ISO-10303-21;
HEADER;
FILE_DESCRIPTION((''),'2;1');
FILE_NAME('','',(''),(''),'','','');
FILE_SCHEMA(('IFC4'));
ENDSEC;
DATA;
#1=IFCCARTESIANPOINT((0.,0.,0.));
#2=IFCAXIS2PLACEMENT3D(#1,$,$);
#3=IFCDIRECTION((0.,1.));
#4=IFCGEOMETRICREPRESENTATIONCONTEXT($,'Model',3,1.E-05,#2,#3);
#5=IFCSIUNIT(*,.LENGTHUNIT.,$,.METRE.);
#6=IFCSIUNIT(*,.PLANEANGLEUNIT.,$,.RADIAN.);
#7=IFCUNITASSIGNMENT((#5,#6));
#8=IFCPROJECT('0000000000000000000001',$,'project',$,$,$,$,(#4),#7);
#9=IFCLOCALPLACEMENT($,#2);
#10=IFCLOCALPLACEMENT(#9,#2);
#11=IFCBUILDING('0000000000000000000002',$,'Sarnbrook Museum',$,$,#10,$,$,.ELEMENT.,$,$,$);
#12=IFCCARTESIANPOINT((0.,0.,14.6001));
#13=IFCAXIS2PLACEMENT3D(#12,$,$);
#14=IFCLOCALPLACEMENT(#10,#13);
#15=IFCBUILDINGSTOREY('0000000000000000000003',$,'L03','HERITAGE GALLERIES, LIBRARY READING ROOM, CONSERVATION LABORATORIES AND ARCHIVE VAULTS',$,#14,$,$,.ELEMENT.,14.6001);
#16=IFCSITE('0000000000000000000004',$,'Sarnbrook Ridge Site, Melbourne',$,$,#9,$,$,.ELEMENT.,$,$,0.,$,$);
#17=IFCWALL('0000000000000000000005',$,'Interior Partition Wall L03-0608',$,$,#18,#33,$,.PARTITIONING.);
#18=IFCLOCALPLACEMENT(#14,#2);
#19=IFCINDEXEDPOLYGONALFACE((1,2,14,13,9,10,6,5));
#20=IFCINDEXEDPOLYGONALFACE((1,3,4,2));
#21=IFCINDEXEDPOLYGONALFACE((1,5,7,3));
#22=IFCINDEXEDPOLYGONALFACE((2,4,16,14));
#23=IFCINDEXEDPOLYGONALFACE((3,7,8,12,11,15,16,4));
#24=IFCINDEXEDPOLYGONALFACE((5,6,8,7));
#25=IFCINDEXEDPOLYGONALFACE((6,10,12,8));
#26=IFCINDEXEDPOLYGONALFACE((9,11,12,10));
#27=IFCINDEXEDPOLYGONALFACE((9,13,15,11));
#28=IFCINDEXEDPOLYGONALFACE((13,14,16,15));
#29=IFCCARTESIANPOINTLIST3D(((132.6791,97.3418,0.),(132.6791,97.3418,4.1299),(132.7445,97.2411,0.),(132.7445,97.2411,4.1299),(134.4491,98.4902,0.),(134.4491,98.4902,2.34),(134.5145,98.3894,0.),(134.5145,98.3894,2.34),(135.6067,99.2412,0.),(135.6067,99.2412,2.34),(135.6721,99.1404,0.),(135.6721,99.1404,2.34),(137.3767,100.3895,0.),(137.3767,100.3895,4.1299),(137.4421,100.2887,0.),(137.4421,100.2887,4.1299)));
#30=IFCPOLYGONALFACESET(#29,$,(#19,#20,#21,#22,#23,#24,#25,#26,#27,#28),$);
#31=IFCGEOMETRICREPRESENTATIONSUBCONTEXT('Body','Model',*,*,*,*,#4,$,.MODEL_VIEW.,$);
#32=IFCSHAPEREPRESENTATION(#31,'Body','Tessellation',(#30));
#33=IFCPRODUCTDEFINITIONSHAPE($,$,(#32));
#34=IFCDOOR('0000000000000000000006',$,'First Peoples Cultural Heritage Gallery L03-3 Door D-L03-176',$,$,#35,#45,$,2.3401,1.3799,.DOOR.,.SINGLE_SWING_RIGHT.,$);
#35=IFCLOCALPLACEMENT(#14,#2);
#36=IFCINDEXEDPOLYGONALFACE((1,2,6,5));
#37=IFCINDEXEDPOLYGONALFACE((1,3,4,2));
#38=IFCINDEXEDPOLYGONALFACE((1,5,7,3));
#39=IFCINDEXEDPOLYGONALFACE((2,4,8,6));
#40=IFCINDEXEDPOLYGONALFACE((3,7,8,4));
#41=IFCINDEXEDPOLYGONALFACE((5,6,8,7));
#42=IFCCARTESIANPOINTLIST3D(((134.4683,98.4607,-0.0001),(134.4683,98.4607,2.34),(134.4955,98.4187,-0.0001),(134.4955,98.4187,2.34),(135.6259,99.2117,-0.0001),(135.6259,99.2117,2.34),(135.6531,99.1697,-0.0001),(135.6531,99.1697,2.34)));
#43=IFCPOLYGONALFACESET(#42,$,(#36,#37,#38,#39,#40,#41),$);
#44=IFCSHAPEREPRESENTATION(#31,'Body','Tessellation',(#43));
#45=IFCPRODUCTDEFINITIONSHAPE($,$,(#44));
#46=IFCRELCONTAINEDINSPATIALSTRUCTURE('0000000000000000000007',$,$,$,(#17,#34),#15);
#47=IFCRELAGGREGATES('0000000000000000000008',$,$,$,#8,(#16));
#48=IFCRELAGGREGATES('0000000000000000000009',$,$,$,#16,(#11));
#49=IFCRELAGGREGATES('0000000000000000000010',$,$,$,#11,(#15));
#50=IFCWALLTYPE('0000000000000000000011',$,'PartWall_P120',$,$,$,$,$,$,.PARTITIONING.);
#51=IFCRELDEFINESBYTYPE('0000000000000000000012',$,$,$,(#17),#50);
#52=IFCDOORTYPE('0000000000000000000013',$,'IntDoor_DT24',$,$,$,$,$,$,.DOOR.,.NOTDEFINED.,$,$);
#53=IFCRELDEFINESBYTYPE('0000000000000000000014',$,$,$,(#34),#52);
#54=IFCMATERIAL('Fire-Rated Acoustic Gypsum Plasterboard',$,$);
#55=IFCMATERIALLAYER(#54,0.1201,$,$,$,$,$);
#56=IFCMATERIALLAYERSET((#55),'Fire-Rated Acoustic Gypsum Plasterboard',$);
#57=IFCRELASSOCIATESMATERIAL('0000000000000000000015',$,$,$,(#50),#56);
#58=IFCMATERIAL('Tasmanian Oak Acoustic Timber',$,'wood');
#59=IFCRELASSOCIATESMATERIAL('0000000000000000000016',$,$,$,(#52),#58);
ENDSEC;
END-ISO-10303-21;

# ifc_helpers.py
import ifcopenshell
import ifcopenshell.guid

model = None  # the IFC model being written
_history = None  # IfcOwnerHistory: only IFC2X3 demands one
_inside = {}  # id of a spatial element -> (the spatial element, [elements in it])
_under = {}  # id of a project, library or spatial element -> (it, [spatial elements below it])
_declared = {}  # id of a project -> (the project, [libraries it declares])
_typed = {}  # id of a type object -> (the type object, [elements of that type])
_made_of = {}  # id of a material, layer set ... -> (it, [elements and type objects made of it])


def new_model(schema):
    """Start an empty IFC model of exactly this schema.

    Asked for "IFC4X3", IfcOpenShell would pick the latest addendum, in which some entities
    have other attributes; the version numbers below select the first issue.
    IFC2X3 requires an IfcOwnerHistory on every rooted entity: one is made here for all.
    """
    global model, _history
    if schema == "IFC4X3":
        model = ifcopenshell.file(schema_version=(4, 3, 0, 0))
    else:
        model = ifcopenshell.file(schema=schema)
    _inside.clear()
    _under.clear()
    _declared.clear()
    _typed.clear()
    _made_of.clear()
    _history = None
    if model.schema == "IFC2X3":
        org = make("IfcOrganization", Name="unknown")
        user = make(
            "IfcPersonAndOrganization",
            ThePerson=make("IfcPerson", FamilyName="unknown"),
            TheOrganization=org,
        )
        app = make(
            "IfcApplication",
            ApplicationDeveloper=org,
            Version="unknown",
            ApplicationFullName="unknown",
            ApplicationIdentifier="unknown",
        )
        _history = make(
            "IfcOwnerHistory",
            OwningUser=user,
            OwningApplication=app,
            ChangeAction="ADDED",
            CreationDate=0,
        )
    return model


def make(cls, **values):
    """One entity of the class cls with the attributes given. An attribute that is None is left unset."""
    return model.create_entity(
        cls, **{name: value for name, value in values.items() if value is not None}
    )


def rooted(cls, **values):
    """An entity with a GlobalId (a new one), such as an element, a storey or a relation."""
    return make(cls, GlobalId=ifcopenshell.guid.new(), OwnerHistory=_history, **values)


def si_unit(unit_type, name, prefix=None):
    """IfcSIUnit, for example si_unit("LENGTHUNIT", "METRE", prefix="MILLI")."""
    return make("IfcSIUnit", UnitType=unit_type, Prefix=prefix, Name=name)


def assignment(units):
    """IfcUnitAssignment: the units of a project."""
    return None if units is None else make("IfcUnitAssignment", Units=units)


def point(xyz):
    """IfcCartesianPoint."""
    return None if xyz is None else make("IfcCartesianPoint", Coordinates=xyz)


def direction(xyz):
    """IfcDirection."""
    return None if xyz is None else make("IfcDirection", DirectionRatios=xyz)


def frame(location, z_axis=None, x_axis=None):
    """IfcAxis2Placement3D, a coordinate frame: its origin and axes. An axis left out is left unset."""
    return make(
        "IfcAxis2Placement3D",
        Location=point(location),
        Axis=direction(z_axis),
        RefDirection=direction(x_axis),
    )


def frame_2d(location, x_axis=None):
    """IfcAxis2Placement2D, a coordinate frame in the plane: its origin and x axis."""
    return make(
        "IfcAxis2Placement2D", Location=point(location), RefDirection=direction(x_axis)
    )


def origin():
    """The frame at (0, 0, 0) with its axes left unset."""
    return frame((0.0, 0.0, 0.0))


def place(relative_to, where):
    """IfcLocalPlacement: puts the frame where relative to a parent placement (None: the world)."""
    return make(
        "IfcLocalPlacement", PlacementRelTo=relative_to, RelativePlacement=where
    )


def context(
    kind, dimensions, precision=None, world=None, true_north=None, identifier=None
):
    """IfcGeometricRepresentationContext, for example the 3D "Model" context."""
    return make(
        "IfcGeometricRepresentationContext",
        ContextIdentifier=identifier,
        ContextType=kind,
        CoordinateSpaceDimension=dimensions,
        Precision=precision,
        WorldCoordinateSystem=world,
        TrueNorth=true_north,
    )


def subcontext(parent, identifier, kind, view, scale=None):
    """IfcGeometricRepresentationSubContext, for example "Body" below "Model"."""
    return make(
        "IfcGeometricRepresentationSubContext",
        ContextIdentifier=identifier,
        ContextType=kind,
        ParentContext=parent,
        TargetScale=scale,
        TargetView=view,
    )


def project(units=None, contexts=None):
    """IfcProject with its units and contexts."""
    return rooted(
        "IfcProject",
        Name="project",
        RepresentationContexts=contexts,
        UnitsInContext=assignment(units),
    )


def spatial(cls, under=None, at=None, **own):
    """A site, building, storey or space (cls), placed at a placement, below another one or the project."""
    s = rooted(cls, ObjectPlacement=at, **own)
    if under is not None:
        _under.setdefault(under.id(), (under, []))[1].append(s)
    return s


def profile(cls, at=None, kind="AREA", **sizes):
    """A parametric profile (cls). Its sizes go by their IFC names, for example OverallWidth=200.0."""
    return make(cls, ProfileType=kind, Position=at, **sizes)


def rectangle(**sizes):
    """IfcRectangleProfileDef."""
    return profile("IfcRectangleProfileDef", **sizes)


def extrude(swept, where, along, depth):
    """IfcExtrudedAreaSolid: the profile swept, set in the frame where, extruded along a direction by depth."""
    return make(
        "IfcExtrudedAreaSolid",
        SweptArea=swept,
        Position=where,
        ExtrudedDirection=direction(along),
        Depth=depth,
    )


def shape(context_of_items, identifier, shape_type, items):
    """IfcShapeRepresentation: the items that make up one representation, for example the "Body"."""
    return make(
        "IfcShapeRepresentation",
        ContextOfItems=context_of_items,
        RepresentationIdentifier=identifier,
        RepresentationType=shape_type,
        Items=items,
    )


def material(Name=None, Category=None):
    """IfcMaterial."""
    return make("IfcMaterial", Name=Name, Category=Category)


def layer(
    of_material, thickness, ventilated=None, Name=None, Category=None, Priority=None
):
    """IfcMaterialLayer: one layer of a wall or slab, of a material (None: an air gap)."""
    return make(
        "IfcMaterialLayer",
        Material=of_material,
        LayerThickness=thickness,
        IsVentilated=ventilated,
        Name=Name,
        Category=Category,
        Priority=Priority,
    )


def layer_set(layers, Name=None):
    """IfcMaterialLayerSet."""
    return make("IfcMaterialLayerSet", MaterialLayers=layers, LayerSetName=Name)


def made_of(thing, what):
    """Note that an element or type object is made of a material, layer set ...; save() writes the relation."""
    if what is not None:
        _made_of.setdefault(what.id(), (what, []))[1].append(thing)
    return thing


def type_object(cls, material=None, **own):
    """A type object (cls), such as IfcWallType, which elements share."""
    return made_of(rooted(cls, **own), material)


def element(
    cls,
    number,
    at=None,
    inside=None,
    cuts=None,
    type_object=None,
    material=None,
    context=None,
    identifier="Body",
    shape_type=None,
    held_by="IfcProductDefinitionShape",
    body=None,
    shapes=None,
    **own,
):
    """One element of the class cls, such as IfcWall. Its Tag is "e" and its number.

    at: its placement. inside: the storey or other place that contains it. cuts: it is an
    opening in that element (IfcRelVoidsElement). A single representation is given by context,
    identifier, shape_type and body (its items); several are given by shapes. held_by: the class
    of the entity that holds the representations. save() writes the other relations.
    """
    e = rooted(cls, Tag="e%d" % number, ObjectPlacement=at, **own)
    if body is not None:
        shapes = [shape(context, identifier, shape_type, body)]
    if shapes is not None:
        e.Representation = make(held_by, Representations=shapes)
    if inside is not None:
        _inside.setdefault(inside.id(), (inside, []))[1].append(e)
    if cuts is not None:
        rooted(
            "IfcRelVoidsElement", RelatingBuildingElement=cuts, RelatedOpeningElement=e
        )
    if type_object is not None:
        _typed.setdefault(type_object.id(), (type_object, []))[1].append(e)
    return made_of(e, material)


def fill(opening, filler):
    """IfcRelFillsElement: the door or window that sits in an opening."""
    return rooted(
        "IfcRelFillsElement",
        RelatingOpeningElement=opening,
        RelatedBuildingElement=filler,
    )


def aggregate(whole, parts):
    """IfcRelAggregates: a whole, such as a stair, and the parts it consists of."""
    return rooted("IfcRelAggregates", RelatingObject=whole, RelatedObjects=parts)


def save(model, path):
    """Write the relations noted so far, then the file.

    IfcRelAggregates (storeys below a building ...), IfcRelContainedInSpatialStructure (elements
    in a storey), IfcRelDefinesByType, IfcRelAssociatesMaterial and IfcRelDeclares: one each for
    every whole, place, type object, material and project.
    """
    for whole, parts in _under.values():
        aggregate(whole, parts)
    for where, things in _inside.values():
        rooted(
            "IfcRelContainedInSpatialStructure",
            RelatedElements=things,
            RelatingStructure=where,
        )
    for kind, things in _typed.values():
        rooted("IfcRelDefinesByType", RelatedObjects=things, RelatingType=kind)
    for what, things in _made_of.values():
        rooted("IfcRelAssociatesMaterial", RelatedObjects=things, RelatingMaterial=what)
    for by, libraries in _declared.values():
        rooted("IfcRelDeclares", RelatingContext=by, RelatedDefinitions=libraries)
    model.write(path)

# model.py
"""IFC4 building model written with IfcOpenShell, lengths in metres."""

from ifc_helpers import new_model, si_unit, direction, frame, frame_2d, origin, place, context, subcontext, project, spatial, rectangle, extrude, material, layer, layer_set, type_object, element, fill, save


model = new_model("IFC4")

# Units and contexts
model_context = context("Model", 3, precision=1e-05, world=origin(), true_north=direction((0.0, 1.0)))
body_context = subcontext(model_context, "Body", "Model", "MODEL_VIEW")
ifc_project = project(units=[si_unit("LENGTHUNIT", "METRE"), si_unit("PLANEANGLEUNIT", "RADIAN")], contexts=[model_context])

# Site, building, storey
site_placement = place(None, origin())
site = spatial("IfcSite", under=ifc_project, at=site_placement, Name="Sarnbrook Ridge Site, Melbourne", CompositionType="ELEMENT", RefElevation=0.0)
building_placement = place(site_placement, origin())
building = spatial("IfcBuilding", under=site, at=building_placement, Name="Sarnbrook Museum", CompositionType="ELEMENT")
storey_placement = place(building_placement, frame((0.0, 0.0, 14.6001)))
storey = spatial("IfcBuildingStorey", under=building, at=storey_placement, Name="L03", Description="HERITAGE GALLERIES, LIBRARY READING ROOM, CONSERVATION LABORATORIES AND ARCHIVE VAULTS", CompositionType="ELEMENT", Elevation=14.6001)

# Wall, opening, door
ifc_material_1 = material(Name="Fire-Rated Acoustic Gypsum Plasterboard")
ifc_layer_1 = layer(ifc_material_1, 0.1201)
ifc_layer_set_1 = layer_set([ifc_layer_1], Name="Fire-Rated Acoustic Gypsum Plasterboard")
wall_type = type_object("IfcWallType", Name="PartWall_P120", PredefinedType="PARTITIONING", material=ifc_layer_set_1)
wall_placement = place(storey_placement, frame((137.4094, 100.3391, 0.0), z_axis=(0.0, 0.0, 1.0), x_axis=(-0.838914, -0.544263, 0.0)))
wall = element("IfcWall", 1, at=wall_placement, inside=storey, type_object=wall_type, Name="Interior Partition Wall L03-0608", PredefinedType="PARTITIONING", context=body_context, shape_type="SweptSolid", body=[
    extrude(rectangle(XDim=5.5996, YDim=0.1201, at=frame_2d((2.7998, 0.0))), origin(), (0.0, 0.0, 1.0), 4.1299),
])
opening_placement = place(wall_placement, frame((2.1099, 0.0, 0.0)))
opening = element("IfcOpeningElement", 2, at=opening_placement, cuts=wall, PredefinedType="OPENING", context=body_context, shape_type="SweptSolid", body=[
    extrude(rectangle(XDim=1.3799, YDim=2.3401, at=frame_2d((0.6899, 1.1699))), frame((0.0, 0.0701, 0.0), z_axis=(0.0, -1.0, 0.0), x_axis=(1.0, 0.0, 0.0)), (0.0, 0.0, 1.0), 0.1401),
])
ifc_material_2 = material(Name="Tasmanian Oak Acoustic Timber", Category="wood")
door_type = type_object("IfcDoorType", Name="IntDoor_DT24", OperationType="NOTDEFINED", PredefinedType="DOOR", material=ifc_material_2)
door_placement = place(opening_placement, frame((1.3799, 0.0, 0.0), z_axis=(0.0, 0.0, 1.0), x_axis=(-1.0, 0.0, 0.0)))
door = element("IfcDoor", 3, at=door_placement, inside=storey, type_object=door_type, Name="First Peoples Cultural Heritage Gallery L03-3 Door D-L03-176", OperationType="SINGLE_SWING_RIGHT", OverallHeight=2.3401, OverallWidth=1.3799, PredefinedType="DOOR", context=body_context, shape_type="SweptSolid", body=[
    extrude(rectangle(XDim=1.3799, YDim=2.3401, at=frame_2d((0.6899, 1.1699))), frame((0.0, 0.0249, 0.0), z_axis=(0.0, -1.0, 0.0), x_axis=(1.0, 0.0, 0.0)), (0.0, 0.0, 1.0), 0.05),
])
fill(opening, door)

save(model, "model.ifc")
